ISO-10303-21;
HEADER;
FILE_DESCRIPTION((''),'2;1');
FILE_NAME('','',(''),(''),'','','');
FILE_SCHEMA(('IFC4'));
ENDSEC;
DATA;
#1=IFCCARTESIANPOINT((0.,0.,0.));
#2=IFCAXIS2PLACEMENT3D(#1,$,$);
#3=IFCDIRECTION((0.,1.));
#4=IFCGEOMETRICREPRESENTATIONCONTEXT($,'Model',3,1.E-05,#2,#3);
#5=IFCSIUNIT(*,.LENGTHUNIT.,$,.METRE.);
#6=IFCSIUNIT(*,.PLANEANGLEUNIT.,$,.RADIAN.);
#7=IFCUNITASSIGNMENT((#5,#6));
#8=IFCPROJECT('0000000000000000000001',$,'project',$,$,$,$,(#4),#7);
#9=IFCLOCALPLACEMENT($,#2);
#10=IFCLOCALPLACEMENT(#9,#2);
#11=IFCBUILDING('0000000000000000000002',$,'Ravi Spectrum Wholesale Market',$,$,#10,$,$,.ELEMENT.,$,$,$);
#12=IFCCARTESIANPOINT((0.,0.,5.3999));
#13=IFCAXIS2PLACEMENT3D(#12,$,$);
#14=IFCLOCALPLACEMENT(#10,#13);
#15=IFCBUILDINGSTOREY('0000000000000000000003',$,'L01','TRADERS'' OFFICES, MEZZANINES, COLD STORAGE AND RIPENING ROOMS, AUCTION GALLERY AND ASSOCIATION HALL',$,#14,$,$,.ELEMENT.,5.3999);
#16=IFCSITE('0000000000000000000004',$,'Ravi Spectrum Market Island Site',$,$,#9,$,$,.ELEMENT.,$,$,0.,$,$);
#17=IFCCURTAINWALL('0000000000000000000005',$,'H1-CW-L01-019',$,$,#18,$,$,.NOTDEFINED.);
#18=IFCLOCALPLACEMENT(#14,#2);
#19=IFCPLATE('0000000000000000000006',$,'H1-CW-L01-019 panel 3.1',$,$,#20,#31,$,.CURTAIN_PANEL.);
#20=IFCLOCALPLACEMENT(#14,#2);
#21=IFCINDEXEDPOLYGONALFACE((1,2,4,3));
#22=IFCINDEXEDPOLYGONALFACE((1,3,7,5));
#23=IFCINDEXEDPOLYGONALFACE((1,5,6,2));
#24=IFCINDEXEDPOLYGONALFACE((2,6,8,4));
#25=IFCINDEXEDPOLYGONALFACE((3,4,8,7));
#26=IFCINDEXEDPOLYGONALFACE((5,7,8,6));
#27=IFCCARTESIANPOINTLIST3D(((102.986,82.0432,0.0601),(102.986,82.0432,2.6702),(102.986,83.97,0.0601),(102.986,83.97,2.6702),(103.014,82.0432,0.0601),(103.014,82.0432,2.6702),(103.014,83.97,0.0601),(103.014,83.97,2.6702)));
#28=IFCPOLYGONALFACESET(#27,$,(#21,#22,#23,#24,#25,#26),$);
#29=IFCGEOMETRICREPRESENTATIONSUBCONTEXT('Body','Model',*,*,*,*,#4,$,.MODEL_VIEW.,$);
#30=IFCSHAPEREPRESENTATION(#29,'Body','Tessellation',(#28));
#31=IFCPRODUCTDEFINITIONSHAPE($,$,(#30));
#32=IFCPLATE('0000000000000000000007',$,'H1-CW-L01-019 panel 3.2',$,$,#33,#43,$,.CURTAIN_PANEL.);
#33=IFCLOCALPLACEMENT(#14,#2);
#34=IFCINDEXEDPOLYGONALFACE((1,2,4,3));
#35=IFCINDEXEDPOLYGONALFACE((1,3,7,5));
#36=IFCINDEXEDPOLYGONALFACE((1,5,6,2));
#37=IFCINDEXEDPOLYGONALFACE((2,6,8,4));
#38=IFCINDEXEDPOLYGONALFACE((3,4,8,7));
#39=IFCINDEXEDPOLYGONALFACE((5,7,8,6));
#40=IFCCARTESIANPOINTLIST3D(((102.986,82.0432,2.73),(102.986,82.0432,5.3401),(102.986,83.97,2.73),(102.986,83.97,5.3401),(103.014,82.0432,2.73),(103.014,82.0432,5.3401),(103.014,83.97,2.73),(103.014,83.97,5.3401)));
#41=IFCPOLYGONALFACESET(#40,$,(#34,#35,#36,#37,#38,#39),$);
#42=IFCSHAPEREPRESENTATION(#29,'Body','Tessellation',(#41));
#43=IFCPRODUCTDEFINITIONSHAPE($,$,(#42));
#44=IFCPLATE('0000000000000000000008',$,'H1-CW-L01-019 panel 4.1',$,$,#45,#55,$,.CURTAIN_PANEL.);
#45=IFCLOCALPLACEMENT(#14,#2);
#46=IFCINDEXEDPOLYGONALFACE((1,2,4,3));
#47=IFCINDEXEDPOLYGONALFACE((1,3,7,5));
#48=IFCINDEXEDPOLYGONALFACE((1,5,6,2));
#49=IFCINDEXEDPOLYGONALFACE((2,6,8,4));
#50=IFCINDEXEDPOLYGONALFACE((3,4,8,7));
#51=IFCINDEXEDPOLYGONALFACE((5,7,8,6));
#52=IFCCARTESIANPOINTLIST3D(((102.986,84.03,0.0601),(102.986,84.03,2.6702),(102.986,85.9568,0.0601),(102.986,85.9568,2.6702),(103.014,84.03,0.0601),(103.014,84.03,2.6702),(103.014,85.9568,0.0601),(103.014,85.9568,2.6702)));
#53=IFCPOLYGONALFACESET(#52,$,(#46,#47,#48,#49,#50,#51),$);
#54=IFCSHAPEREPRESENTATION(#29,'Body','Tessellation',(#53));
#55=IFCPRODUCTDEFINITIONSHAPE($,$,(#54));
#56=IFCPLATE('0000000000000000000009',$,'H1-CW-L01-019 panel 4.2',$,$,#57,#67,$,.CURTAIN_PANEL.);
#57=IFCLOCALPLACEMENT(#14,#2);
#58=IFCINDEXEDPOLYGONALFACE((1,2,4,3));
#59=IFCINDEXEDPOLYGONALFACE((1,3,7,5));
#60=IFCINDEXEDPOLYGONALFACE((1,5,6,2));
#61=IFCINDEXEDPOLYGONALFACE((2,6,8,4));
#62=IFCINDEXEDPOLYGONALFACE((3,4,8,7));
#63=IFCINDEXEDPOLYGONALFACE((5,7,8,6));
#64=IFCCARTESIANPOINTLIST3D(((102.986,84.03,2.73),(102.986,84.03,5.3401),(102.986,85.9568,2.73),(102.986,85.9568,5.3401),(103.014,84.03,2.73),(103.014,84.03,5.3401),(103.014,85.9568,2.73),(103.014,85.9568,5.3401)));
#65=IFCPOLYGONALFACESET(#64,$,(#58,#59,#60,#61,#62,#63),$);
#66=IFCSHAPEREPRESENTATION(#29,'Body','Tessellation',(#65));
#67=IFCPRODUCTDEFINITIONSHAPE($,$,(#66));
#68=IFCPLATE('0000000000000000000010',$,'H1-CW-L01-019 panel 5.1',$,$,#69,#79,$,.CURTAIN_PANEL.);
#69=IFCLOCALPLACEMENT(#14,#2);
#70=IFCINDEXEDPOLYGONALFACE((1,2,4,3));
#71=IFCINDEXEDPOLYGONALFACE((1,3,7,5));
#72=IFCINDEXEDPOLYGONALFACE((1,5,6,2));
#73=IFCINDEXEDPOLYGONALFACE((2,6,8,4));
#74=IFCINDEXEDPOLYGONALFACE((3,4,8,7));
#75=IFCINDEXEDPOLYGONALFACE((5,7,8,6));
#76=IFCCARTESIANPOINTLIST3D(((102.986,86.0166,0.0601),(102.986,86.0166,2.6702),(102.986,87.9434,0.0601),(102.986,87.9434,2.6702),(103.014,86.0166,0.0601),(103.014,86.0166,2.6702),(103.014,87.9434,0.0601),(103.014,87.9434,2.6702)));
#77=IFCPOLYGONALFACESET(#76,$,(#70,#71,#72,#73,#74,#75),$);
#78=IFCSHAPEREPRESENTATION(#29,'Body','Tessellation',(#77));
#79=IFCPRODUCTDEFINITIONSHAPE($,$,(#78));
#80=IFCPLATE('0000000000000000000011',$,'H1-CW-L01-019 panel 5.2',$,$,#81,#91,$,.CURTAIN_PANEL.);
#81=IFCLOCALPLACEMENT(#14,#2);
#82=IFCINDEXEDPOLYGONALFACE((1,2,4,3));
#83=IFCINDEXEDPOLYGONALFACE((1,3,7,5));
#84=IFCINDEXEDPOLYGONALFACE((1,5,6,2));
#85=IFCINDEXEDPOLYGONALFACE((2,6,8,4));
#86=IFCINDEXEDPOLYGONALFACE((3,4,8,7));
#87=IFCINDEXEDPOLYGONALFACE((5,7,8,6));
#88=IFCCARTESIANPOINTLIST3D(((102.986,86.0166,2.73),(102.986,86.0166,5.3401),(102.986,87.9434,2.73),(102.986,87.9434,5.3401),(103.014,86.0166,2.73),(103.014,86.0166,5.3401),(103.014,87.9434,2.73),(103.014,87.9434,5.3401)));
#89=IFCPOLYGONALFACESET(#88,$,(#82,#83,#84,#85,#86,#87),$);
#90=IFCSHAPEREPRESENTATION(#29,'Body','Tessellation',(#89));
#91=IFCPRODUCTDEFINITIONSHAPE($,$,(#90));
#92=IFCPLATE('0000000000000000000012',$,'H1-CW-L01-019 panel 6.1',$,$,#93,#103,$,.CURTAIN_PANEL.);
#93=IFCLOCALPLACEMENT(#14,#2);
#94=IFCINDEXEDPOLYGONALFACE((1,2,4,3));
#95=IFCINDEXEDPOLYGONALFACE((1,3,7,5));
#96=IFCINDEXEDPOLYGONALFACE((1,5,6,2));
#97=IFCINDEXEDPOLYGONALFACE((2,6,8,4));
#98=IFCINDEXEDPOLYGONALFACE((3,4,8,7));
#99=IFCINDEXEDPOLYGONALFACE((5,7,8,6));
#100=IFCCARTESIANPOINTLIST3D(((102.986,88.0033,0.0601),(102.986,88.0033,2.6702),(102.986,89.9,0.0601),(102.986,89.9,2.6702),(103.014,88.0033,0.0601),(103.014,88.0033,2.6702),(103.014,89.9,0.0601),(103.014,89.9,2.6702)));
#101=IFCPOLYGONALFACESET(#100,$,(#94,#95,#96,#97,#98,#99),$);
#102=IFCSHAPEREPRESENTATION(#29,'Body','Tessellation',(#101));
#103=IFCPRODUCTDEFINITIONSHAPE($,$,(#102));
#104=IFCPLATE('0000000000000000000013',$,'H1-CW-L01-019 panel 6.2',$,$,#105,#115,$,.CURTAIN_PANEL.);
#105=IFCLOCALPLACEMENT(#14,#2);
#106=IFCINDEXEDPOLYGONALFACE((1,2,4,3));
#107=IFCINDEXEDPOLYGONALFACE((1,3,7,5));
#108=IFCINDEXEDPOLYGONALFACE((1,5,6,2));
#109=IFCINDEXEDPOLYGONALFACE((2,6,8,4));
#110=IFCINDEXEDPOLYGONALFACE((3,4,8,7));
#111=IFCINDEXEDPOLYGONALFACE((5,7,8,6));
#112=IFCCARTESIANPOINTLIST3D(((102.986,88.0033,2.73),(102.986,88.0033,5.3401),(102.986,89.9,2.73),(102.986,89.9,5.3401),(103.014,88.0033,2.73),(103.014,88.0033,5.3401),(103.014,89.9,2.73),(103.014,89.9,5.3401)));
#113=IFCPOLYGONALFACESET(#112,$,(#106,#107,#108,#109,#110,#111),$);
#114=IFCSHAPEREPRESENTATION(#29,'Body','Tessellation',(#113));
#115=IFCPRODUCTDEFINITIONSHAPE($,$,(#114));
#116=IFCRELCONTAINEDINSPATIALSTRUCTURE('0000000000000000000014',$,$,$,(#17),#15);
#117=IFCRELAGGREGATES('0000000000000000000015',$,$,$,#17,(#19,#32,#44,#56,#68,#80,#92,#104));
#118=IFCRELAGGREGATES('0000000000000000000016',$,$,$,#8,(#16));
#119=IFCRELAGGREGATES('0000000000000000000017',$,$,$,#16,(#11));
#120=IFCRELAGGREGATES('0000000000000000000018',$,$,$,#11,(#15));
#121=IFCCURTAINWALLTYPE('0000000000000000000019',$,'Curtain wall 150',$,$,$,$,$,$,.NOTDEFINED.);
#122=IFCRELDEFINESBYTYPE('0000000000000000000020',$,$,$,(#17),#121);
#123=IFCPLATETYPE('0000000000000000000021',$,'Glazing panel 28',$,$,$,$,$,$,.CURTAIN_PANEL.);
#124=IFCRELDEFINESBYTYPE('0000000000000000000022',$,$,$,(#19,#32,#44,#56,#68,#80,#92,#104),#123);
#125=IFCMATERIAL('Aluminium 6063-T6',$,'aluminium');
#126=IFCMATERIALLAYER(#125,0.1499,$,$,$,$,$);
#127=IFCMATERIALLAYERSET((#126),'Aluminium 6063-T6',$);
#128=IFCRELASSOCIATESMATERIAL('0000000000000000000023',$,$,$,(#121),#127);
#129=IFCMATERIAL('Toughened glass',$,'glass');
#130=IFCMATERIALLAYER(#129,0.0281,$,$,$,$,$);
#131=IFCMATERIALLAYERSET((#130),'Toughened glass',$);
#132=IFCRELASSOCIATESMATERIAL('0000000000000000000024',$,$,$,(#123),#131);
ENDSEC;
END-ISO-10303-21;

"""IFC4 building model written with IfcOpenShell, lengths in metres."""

from ifc_helpers import new_model, si_unit, direction, frame, origin, origin_2d, place, context, subcontext, project, spatial, rectangle, extrude, material, layer, layer_set, type_object, element, aggregate, save


model = new_model("IFC4")

# Units and contexts
model_context = context("Model", 3, precision=1e-05, world=origin(), true_north=direction((0.0, 1.0)))
body_context = subcontext(model_context, "Body", "Model", "MODEL_VIEW")
ifc_project = project(units=[si_unit("LENGTHUNIT", "METRE"), si_unit("PLANEANGLEUNIT", "RADIAN")], contexts=[model_context])

# Site, building, storey
site_placement = place(None, origin())
site = spatial("IfcSite", under=ifc_project, at=site_placement, Name="Ravi Spectrum Market Island Site", CompositionType="ELEMENT", RefElevation=0.0)
building_placement = place(site_placement, origin())
building = spatial("IfcBuilding", under=site, at=building_placement, Name="Ravi Spectrum Wholesale Market", CompositionType="ELEMENT")
storey_placement = place(building_placement, frame((0.0, 0.0, 5.3999)))
storey = spatial("IfcBuildingStorey", under=building, at=storey_placement, Name="L01", Description="TRADERS' OFFICES, MEZZANINES, COLD STORAGE AND RIPENING ROOMS, AUCTION GALLERY AND ASSOCIATION HALL", CompositionType="ELEMENT", Elevation=5.3999)

# Curtain wall
ifc_material_1 = material(Name="Aluminium 6063-T6", Category="aluminium")
ifc_layer_1 = layer(ifc_material_1, 0.1499)
ifc_layer_set_1 = layer_set([ifc_layer_1], Name="Aluminium 6063-T6")
curtain_wall_type = type_object("IfcCurtainWallType", Name="Curtain wall 150", PredefinedType="NOTDEFINED", material=ifc_layer_set_1)
curtain_wall_1_placement = place(storey_placement, origin())
curtain_wall_1 = element("IfcCurtainWall", 1, at=curtain_wall_1_placement, inside=storey, type_object=curtain_wall_type, Name="H1-CW-L01-019", PredefinedType="NOTDEFINED")

# Plates
ifc_material_2 = material(Name="Toughened glass", Category="glass")
ifc_layer_2 = layer(ifc_material_2, 0.0281)
ifc_layer_set_2 = layer_set([ifc_layer_2], Name="Toughened glass")
plate_type = type_object("IfcPlateType", Name="Glazing panel 28", PredefinedType="CURTAIN_PANEL", material=ifc_layer_set_2)
plate_1_placement = place(storey_placement, frame((103.0, 83.0066, 0.0601), z_axis=(0.0, 0.0, 1.0), x_axis=(0.0, 1.0, 0.0)))
plate_1 = element("IfcPlate", 2, at=plate_1_placement, type_object=plate_type, Name="H1-CW-L01-019 panel 3.1", PredefinedType="CURTAIN_PANEL", context=body_context, shape_type="SweptSolid", body=[
    extrude(rectangle(XDim=1.9268, YDim=0.0281, at=origin_2d()), origin(), (0.0, 0.0, 1.0), 2.6101),
])
plate_2_placement = place(storey_placement, frame((103.0, 83.0066, 2.73), z_axis=(0.0, 0.0, 1.0), x_axis=(0.0, 1.0, 0.0)))
plate_2 = element("IfcPlate", 3, at=plate_2_placement, type_object=plate_type, Name="H1-CW-L01-019 panel 3.2", PredefinedType="CURTAIN_PANEL", context=body_context, shape_type="SweptSolid", body=[
    extrude(rectangle(XDim=1.9268, YDim=0.0281, at=origin_2d()), origin(), (0.0, 0.0, 1.0), 2.6101),
])
plate_3_placement = place(storey_placement, frame((103.0, 84.9934, 0.0601), z_axis=(0.0, 0.0, 1.0), x_axis=(0.0, 1.0, 0.0)))
plate_3 = element("IfcPlate", 4, at=plate_3_placement, type_object=plate_type, Name="H1-CW-L01-019 panel 4.1", PredefinedType="CURTAIN_PANEL", context=body_context, shape_type="SweptSolid", body=[
    extrude(rectangle(XDim=1.9268, YDim=0.0281, at=origin_2d()), origin(), (0.0, 0.0, 1.0), 2.6101),
])
plate_4_placement = place(storey_placement, frame((103.0, 84.9934, 2.73), z_axis=(0.0, 0.0, 1.0), x_axis=(0.0, 1.0, 0.0)))
plate_4 = element("IfcPlate", 5, at=plate_4_placement, type_object=plate_type, Name="H1-CW-L01-019 panel 4.2", PredefinedType="CURTAIN_PANEL", context=body_context, shape_type="SweptSolid", body=[
    extrude(rectangle(XDim=1.9268, YDim=0.0281, at=origin_2d()), origin(), (0.0, 0.0, 1.0), 2.6101),
])
plate_5_placement = place(storey_placement, frame((103.0, 86.98, 0.0601), z_axis=(0.0, 0.0, 1.0), x_axis=(0.0, 1.0, 0.0)))
plate_5 = element("IfcPlate", 6, at=plate_5_placement, type_object=plate_type, Name="H1-CW-L01-019 panel 5.1", PredefinedType="CURTAIN_PANEL", context=body_context, shape_type="SweptSolid", body=[
    extrude(rectangle(XDim=1.9268, YDim=0.0281, at=origin_2d()), origin(), (0.0, 0.0, 1.0), 2.6101),
])
plate_6_placement = place(storey_placement, frame((103.0, 86.98, 2.73), z_axis=(0.0, 0.0, 1.0), x_axis=(0.0, 1.0, 0.0)))
plate_6 = element("IfcPlate", 7, at=plate_6_placement, type_object=plate_type, Name="H1-CW-L01-019 panel 5.2", PredefinedType="CURTAIN_PANEL", context=body_context, shape_type="SweptSolid", body=[
    extrude(rectangle(XDim=1.9268, YDim=0.0281, at=origin_2d()), origin(), (0.0, 0.0, 1.0), 2.6101),
])
plate_7_placement = place(storey_placement, frame((103.0, 88.9517, 0.0601), z_axis=(0.0, 0.0, 1.0), x_axis=(0.0, 1.0, 0.0)))
plate_7 = element("IfcPlate", 8, at=plate_7_placement, type_object=plate_type, Name="H1-CW-L01-019 panel 6.1", PredefinedType="CURTAIN_PANEL", context=body_context, shape_type="SweptSolid", body=[
    extrude(rectangle(XDim=1.8967, YDim=0.0281, at=origin_2d()), origin(), (0.0, 0.0, 1.0), 2.6101),
])
plate_8_placement = place(storey_placement, frame((103.0, 88.9517, 2.73), z_axis=(0.0, 0.0, 1.0), x_axis=(0.0, 1.0, 0.0)))
plate_8 = element("IfcPlate", 9, at=plate_8_placement, type_object=plate_type, Name="H1-CW-L01-019 panel 6.2", PredefinedType="CURTAIN_PANEL", context=body_context, shape_type="SweptSolid", body=[
    extrude(rectangle(XDim=1.8967, YDim=0.0281, at=origin_2d()), origin(), (0.0, 0.0, 1.0), 2.6101),
])
aggregate(curtain_wall_1, [plate_1, plate_2, plate_3, plate_4, plate_5, plate_6, plate_7, plate_8])

save(model, "model.ifc")
